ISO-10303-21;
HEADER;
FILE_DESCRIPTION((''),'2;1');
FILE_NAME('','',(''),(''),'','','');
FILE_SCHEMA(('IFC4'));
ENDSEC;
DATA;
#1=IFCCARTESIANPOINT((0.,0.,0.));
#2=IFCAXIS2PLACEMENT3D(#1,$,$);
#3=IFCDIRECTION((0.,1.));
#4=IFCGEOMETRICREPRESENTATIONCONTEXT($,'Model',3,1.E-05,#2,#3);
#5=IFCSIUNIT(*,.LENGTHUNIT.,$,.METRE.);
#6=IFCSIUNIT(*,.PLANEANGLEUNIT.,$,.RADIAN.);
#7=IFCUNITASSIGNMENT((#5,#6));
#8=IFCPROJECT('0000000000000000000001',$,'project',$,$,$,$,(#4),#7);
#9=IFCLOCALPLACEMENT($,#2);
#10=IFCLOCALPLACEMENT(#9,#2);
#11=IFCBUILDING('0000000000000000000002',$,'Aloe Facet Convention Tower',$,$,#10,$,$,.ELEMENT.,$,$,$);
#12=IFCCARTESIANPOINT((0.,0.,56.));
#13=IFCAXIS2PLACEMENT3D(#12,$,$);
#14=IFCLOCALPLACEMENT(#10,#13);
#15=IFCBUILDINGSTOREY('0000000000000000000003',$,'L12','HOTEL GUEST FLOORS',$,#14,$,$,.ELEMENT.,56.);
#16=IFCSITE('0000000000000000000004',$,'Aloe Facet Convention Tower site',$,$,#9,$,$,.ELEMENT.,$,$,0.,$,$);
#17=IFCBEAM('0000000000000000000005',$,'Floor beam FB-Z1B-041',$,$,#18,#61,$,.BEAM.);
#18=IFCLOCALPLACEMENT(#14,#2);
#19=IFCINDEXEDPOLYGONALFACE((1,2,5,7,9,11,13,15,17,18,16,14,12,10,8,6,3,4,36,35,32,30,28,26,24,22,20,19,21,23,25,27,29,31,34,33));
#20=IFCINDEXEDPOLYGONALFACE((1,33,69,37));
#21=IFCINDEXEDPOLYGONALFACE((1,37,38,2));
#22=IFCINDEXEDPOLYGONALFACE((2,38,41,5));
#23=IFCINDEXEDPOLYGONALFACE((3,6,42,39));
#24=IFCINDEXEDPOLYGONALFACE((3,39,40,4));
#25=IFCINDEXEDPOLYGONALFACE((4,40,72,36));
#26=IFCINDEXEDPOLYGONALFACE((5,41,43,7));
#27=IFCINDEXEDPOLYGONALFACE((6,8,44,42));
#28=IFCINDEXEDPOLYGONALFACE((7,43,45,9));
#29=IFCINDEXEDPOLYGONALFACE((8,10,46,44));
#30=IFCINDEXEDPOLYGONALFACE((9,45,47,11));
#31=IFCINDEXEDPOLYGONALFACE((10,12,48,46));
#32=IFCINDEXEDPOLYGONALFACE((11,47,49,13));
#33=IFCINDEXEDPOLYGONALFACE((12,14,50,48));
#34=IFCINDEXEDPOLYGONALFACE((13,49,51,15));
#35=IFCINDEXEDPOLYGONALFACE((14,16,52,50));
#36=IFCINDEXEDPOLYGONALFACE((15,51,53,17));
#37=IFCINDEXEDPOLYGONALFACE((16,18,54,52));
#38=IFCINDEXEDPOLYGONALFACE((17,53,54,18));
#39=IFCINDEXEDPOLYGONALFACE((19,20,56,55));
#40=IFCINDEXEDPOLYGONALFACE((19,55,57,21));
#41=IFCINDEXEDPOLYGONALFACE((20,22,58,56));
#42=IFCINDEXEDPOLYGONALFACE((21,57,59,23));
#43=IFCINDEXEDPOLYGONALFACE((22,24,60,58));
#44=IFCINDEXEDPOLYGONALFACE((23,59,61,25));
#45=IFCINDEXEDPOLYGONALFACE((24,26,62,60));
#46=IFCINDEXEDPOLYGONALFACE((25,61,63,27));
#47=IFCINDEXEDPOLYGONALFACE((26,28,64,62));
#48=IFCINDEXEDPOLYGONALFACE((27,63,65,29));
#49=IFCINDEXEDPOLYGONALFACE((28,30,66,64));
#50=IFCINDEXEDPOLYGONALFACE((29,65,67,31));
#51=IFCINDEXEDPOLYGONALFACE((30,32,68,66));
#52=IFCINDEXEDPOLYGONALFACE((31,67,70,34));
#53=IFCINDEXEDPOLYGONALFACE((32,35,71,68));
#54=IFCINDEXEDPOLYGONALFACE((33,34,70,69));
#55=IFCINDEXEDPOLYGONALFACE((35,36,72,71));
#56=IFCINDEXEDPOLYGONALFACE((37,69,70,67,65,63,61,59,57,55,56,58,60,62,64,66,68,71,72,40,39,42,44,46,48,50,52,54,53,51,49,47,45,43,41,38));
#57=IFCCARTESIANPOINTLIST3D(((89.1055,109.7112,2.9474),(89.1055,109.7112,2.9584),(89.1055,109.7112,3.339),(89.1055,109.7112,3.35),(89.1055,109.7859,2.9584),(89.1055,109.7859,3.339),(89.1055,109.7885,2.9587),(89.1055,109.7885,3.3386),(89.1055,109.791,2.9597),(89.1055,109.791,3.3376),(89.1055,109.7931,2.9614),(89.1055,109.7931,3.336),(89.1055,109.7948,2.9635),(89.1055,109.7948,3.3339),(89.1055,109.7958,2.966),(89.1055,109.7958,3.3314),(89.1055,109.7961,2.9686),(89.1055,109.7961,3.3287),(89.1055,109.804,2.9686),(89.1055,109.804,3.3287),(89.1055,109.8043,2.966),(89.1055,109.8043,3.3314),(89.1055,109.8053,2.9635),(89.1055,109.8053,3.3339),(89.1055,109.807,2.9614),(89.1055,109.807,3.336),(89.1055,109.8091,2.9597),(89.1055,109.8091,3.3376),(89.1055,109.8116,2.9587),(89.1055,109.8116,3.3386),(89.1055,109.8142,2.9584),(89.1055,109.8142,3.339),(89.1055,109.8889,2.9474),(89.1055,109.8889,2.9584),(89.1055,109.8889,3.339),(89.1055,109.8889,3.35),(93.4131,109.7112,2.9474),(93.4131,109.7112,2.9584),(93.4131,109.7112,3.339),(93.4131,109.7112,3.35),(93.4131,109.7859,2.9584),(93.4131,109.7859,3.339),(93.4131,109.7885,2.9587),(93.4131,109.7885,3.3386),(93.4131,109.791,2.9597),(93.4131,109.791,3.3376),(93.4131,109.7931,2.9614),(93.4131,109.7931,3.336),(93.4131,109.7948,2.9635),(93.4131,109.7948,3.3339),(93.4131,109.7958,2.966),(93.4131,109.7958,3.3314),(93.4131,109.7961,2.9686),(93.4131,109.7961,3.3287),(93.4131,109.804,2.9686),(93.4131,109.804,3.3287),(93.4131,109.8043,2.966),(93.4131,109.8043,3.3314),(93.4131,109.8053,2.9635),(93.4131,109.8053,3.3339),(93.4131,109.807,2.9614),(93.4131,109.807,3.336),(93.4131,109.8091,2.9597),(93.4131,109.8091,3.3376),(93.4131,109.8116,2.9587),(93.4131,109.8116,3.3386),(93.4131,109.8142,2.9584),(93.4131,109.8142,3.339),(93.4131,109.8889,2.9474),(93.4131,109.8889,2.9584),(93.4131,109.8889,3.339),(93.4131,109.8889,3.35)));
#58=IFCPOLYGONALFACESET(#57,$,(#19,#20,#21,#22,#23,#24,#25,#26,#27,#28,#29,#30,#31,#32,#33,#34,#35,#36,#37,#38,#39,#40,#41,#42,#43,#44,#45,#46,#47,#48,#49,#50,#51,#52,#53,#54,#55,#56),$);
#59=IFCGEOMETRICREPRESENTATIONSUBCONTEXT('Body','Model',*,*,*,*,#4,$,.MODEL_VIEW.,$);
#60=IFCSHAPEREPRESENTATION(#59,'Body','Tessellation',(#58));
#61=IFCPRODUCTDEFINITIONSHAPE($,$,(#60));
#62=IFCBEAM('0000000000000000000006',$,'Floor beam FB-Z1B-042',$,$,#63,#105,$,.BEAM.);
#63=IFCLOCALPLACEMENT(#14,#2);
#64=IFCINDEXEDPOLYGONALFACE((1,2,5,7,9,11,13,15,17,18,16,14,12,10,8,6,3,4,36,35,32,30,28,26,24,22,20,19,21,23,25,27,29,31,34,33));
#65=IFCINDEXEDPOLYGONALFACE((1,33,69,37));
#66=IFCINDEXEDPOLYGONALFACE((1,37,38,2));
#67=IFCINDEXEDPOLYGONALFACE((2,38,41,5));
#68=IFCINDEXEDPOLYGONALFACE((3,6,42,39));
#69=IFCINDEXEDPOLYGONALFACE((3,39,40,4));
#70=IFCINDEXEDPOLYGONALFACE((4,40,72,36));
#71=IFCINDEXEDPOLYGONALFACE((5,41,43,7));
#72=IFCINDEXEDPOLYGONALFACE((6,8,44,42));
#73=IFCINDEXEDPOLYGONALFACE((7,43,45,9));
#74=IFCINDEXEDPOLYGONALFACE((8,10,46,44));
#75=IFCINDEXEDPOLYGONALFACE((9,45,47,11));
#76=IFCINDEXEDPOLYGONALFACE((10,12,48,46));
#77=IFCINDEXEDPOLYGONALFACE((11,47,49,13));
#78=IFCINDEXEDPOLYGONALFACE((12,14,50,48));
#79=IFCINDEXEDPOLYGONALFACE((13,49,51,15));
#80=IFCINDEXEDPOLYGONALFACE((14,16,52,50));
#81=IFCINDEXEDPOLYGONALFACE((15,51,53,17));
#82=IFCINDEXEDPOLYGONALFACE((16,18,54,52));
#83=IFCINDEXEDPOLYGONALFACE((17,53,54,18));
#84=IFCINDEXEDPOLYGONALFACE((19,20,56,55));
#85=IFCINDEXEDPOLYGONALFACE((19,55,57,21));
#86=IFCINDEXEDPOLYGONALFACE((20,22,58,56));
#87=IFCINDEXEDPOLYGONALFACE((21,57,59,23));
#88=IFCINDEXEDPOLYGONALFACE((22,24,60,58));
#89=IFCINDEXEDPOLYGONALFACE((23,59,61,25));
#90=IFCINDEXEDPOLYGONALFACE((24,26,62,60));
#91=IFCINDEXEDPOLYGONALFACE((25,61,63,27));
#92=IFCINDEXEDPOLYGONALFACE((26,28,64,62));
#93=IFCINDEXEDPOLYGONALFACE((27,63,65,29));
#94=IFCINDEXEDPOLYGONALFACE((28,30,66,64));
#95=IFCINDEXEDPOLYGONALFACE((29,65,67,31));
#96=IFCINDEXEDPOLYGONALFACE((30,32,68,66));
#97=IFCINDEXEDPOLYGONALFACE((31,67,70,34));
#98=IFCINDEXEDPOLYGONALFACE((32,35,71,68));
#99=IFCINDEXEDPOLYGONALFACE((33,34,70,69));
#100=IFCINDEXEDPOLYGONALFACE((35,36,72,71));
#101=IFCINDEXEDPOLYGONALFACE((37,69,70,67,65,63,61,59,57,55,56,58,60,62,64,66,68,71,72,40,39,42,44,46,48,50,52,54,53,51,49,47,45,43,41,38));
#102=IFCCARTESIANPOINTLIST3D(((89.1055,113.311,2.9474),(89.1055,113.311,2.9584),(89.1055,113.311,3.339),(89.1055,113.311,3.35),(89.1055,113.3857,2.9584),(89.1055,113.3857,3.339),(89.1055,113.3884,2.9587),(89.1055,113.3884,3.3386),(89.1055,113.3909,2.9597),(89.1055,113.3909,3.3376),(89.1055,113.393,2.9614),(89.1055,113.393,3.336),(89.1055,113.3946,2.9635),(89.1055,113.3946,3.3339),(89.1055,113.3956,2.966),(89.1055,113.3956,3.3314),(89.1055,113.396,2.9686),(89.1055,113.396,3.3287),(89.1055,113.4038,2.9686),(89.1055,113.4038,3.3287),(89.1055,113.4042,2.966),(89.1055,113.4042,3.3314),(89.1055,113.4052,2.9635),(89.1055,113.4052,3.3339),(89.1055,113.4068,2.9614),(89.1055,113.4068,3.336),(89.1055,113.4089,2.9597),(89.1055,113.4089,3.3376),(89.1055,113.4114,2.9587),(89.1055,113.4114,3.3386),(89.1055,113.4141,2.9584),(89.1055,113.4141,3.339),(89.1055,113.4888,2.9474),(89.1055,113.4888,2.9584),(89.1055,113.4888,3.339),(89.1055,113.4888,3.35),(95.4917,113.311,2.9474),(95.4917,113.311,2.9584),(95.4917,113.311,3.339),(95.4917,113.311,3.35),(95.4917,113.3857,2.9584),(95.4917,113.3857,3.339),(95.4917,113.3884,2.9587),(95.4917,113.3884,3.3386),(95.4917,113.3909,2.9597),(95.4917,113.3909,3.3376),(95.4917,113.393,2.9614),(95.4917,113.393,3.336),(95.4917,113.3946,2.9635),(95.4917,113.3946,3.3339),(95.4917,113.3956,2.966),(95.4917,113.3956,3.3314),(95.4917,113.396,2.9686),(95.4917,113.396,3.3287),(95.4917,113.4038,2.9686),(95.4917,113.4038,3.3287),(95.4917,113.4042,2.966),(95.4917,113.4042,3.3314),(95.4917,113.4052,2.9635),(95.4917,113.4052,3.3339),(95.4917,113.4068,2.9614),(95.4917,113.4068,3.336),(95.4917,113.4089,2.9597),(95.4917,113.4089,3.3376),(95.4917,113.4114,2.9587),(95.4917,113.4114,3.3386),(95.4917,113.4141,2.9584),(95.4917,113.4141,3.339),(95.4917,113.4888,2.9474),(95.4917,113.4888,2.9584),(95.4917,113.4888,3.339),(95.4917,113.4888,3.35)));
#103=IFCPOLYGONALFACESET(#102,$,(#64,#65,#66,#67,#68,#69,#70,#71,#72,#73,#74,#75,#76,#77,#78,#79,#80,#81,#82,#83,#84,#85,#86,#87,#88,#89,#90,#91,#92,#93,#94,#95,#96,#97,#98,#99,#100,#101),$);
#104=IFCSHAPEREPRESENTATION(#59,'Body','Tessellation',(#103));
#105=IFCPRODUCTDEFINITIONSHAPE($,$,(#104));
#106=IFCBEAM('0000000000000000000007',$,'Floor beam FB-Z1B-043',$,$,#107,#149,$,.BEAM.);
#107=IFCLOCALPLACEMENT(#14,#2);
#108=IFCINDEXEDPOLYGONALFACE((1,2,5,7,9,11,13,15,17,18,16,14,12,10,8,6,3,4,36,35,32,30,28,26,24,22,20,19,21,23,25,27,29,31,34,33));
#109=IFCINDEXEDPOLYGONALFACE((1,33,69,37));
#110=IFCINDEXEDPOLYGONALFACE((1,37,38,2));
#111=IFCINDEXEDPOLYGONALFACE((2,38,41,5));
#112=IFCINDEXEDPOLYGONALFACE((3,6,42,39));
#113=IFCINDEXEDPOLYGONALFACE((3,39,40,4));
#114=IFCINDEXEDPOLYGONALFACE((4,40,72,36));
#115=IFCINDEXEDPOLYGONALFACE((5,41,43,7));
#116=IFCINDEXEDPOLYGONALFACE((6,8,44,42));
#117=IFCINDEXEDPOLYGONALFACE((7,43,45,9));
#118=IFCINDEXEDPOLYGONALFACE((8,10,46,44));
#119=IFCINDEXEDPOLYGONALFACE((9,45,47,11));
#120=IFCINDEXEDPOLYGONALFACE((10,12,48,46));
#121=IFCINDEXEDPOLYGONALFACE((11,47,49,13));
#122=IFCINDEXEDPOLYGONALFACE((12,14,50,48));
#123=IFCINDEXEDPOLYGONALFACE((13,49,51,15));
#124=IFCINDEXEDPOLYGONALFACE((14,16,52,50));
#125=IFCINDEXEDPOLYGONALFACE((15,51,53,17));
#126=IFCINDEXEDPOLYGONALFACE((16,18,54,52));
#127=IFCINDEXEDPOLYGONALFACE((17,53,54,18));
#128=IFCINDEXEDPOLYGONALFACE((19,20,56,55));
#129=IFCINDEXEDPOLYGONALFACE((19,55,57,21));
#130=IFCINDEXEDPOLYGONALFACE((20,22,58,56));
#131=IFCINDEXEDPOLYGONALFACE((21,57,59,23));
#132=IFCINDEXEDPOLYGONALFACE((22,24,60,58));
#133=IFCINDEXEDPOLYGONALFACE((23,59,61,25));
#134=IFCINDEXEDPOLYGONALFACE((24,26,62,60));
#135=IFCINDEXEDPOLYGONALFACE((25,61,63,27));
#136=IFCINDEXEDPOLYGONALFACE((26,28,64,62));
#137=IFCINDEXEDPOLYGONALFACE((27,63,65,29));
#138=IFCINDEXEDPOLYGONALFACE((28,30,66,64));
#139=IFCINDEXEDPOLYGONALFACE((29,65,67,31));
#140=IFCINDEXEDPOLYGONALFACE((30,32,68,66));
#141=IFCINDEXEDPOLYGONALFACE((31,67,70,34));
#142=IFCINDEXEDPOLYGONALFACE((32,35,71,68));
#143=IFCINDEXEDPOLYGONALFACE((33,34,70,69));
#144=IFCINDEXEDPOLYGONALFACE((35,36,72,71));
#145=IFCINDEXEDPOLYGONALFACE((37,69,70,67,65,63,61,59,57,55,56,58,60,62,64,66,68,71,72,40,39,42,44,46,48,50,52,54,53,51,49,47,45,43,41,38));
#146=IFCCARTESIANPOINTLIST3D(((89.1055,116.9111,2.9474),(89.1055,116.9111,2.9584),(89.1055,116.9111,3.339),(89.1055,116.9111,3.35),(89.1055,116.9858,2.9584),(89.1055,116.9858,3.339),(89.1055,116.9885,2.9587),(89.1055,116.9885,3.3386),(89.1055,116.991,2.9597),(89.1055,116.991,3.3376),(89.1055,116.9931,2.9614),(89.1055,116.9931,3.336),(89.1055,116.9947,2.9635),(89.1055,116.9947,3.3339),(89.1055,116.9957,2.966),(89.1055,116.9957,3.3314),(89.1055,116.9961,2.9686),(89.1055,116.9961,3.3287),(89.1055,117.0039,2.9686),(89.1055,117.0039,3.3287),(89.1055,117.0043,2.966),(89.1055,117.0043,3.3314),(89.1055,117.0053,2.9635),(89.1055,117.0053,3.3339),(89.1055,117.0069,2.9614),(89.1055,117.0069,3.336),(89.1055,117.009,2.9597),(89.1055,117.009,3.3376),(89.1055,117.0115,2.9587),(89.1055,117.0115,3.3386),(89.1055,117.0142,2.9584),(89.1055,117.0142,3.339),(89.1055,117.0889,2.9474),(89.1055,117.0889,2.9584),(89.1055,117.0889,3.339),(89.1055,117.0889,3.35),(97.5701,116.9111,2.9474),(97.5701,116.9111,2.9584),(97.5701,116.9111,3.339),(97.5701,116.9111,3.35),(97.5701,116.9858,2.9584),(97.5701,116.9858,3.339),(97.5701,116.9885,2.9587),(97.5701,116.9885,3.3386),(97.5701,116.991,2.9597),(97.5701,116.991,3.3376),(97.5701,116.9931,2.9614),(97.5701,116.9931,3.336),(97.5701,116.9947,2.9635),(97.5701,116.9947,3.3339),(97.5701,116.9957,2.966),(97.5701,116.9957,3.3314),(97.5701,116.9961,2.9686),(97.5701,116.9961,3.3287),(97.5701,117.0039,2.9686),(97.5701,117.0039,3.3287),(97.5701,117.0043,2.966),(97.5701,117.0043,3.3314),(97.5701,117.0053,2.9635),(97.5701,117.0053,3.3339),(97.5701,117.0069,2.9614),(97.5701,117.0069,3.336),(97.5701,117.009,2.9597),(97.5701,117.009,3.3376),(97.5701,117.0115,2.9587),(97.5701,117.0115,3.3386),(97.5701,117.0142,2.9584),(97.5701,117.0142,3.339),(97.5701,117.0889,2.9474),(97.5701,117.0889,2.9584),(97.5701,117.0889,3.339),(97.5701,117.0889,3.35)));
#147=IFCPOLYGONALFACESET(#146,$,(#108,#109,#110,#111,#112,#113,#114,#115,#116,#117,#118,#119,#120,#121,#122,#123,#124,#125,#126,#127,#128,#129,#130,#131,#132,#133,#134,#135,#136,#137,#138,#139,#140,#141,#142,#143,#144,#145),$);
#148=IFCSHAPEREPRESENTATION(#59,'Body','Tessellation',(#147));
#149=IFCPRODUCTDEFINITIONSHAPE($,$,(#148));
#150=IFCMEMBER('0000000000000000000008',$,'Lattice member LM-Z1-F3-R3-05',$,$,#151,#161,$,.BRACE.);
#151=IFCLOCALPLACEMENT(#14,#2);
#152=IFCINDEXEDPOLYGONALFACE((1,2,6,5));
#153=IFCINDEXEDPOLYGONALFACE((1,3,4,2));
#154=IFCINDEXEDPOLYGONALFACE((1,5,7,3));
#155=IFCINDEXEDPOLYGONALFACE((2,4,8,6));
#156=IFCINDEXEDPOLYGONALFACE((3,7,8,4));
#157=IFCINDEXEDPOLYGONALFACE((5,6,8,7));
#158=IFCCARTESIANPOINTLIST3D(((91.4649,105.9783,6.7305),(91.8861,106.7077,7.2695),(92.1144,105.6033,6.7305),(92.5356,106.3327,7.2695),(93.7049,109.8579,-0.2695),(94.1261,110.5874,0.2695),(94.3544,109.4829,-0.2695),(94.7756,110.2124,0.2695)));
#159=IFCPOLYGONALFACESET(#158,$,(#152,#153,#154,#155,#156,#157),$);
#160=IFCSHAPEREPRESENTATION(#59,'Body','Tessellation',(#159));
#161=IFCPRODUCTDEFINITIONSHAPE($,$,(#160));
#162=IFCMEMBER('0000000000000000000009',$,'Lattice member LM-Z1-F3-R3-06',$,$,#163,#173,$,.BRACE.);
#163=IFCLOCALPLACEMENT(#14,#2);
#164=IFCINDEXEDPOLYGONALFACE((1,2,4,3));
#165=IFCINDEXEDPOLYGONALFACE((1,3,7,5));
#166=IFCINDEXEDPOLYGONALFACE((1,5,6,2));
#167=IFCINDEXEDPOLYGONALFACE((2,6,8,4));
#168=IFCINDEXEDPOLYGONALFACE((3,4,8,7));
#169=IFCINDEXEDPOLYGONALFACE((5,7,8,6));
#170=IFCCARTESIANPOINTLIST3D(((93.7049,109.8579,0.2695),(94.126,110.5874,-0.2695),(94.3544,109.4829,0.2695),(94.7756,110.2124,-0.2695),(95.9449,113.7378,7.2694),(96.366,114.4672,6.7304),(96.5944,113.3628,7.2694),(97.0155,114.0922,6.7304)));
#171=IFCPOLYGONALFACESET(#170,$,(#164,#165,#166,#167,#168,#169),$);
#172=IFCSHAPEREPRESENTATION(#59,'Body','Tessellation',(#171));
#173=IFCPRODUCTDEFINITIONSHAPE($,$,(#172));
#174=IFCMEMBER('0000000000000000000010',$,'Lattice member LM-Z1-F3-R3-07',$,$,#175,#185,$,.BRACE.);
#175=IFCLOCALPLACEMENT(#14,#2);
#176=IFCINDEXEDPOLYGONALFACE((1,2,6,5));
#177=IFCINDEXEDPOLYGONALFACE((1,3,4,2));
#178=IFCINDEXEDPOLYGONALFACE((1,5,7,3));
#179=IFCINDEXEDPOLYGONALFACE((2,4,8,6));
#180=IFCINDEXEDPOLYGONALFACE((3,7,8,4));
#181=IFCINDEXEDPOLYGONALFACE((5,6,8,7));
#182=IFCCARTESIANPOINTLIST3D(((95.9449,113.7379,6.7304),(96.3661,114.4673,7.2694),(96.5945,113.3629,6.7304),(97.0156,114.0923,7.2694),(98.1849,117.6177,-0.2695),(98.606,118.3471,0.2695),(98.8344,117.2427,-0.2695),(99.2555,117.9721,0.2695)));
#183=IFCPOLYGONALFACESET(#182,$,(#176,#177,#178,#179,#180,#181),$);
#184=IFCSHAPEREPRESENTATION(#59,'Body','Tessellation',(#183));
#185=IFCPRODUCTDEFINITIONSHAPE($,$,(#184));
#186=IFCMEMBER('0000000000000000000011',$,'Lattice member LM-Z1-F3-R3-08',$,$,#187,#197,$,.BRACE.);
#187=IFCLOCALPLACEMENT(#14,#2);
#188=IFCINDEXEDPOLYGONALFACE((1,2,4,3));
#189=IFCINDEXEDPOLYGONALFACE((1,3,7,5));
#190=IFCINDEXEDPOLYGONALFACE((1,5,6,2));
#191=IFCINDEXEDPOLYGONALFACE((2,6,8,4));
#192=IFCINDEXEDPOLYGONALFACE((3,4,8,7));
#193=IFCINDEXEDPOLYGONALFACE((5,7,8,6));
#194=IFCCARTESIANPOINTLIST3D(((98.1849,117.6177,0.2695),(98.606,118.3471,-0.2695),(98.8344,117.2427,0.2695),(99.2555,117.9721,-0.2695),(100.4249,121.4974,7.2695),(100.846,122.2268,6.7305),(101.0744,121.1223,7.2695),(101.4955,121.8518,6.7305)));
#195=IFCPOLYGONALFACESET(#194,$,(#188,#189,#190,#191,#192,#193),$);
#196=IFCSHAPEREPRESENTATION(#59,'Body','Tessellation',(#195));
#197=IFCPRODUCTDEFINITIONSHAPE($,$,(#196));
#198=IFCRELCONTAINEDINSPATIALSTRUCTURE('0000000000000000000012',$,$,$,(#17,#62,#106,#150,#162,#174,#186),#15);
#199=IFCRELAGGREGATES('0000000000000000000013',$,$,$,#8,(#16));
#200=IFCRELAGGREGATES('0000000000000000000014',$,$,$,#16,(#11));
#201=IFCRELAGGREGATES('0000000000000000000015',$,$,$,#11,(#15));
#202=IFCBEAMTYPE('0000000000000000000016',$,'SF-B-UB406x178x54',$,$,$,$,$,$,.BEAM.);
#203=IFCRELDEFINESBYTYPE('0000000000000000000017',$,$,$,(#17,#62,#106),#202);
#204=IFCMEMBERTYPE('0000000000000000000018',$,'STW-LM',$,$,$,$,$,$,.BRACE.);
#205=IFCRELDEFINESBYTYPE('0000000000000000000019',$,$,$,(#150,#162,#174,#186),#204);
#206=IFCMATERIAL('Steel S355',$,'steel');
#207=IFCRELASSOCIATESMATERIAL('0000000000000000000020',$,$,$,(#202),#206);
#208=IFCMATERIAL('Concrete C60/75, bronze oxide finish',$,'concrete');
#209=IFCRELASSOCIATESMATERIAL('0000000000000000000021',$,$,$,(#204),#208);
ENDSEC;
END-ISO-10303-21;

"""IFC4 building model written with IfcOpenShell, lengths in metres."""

from ifc_helpers import new_model, si_unit, direction, frame, origin, origin_2d, place, context, subcontext, project, spatial, rectangle, i_section, extrude, material, material_profile, profile_set, type_object, element, save


model = new_model("IFC4")

# Units and contexts
model_context = context("Model", 3, precision=1e-05, world=origin(), true_north=direction((0.0, 1.0)))
body_context = subcontext(model_context, "Body", "Model", "MODEL_VIEW")
ifc_project = project(units=[si_unit("LENGTHUNIT", "METRE"), si_unit("PLANEANGLEUNIT", "RADIAN")], contexts=[model_context])

# Site, building, storey
site_placement = place(None, origin())
site = spatial("IfcSite", under=ifc_project, at=site_placement, Name="Aloe Facet Convention Tower site", CompositionType="ELEMENT", RefElevation=0.0)
building_placement = place(site_placement, origin())
building = spatial("IfcBuilding", under=site, at=building_placement, Name="Aloe Facet Convention Tower", CompositionType="ELEMENT")
storey_placement = place(building_placement, frame((0.0, 0.0, 56.0)))
storey = spatial("IfcBuildingStorey", under=building, at=storey_placement, Name="L12", Description="HOTEL GUEST FLOORS", CompositionType="ELEMENT", Elevation=56.0)

# Beams
ifc_material_1 = material(Name="Steel S355", Category="steel")
ifc_material_profile_1 = material_profile(ifc_material_1, i_section(OverallWidth=0.1777, OverallDepth=0.4026, WebThickness=0.0078, FlangeThickness=0.011, FilletRadius=0.0103, at=origin_2d()), Name="UB 406x178x54")
ifc_profile_set_1 = profile_set([ifc_material_profile_1], Name="Steel S355")
beam_type = type_object("IfcBeamType", Name="SF-B-UB406x178x54", PredefinedType="BEAM", material=ifc_profile_set_1)
beam_1_placement = place(storey_placement, frame((89.1055, 109.8, 3.1487), z_axis=(1.0, 0.0, 0.0), x_axis=(0.0, 1.0, 0.0)))
element("IfcBeam", 1, at=beam_1_placement, inside=storey, type_object=beam_type, Name="Floor beam FB-Z1B-041", PredefinedType="BEAM", context=body_context, shape_type="SweptSolid", body=[
    extrude(i_section(OverallWidth=0.1777, OverallDepth=0.4026, WebThickness=0.0078, FlangeThickness=0.011, FilletRadius=0.0103, at=origin_2d()), origin(), (0.0, 0.0, 1.0), 4.3076),
])
beam_2_placement = place(storey_placement, frame((89.1055, 113.3999, 3.1487), z_axis=(1.0, 0.0, 0.0), x_axis=(0.0, 1.0, 0.0)))
element("IfcBeam", 2, at=beam_2_placement, inside=storey, type_object=beam_type, Name="Floor beam FB-Z1B-042", PredefinedType="BEAM", context=body_context, shape_type="SweptSolid", body=[
    extrude(i_section(OverallWidth=0.1777, OverallDepth=0.4026, WebThickness=0.0078, FlangeThickness=0.011, FilletRadius=0.0103, at=origin_2d()), origin(), (0.0, 0.0, 1.0), 6.3862),
])
beam_3_placement = place(storey_placement, frame((89.1055, 117.0, 3.1487), z_axis=(1.0, 0.0, 0.0), x_axis=(0.0, 1.0, 0.0)))
element("IfcBeam", 3, at=beam_3_placement, inside=storey, type_object=beam_type, Name="Floor beam FB-Z1B-043", PredefinedType="BEAM", context=body_context, shape_type="SweptSolid", body=[
    extrude(i_section(OverallWidth=0.1777, OverallDepth=0.4026, WebThickness=0.0078, FlangeThickness=0.011, FilletRadius=0.0103, at=origin_2d()), origin(), (0.0, 0.0, 1.0), 8.4646),
])

# Members
ifc_material_2 = material(Name="Concrete C60/75, bronze oxide finish", Category="concrete")
ifc_material_profile_2 = material_profile(ifc_material_2, rectangle(XDim=0.75, YDim=1.0, at=origin_2d()), Name="STW-LM")
ifc_profile_set_2 = profile_set([ifc_material_profile_2], Name="Concrete C60/75, bronze oxide finish")
member_type = type_object("IfcMemberType", Name="STW-LM", PredefinedType="BRACE", material=ifc_profile_set_2)
for number, where, z_axis, x_axis, name in (
    (4, (94.2402, 110.0352, 0.0), (-0.269528, -0.46682, 0.842279), (0.866018, -0.500013, 0.0), "Lattice member LM-Z1-F3-R3-05"),
    (5, (94.2402, 110.0352, 0.0), (0.269524, 0.466843, 0.842267), (-0.866031, 0.49999, 0.0), "Lattice member LM-Z1-F3-R3-06"),
    (6, (98.7202, 117.7949, 0.0), (-0.269524, -0.466843, 0.842267), (0.866031, -0.49999, 0.0), "Lattice member LM-Z1-F3-R3-07"),
    (7, (98.7202, 117.7949, 0.0), (0.269528, 0.46682, 0.842279), (-0.866018, 0.500013, 0.0), "Lattice member LM-Z1-F3-R3-08"),
):
    element("IfcMember", number, at=place(storey_placement, frame(where, z_axis=z_axis, x_axis=x_axis)), inside=storey, type_object=member_type, Name=name, PredefinedType="BRACE", context=body_context, shape_type="SweptSolid", body=[
        extrude(rectangle(XDim=0.75, YDim=1.0, at=origin_2d()), origin(), (0.0, 0.0, 1.0), 8.3108),
    ])

save(model, "model.ifc")
